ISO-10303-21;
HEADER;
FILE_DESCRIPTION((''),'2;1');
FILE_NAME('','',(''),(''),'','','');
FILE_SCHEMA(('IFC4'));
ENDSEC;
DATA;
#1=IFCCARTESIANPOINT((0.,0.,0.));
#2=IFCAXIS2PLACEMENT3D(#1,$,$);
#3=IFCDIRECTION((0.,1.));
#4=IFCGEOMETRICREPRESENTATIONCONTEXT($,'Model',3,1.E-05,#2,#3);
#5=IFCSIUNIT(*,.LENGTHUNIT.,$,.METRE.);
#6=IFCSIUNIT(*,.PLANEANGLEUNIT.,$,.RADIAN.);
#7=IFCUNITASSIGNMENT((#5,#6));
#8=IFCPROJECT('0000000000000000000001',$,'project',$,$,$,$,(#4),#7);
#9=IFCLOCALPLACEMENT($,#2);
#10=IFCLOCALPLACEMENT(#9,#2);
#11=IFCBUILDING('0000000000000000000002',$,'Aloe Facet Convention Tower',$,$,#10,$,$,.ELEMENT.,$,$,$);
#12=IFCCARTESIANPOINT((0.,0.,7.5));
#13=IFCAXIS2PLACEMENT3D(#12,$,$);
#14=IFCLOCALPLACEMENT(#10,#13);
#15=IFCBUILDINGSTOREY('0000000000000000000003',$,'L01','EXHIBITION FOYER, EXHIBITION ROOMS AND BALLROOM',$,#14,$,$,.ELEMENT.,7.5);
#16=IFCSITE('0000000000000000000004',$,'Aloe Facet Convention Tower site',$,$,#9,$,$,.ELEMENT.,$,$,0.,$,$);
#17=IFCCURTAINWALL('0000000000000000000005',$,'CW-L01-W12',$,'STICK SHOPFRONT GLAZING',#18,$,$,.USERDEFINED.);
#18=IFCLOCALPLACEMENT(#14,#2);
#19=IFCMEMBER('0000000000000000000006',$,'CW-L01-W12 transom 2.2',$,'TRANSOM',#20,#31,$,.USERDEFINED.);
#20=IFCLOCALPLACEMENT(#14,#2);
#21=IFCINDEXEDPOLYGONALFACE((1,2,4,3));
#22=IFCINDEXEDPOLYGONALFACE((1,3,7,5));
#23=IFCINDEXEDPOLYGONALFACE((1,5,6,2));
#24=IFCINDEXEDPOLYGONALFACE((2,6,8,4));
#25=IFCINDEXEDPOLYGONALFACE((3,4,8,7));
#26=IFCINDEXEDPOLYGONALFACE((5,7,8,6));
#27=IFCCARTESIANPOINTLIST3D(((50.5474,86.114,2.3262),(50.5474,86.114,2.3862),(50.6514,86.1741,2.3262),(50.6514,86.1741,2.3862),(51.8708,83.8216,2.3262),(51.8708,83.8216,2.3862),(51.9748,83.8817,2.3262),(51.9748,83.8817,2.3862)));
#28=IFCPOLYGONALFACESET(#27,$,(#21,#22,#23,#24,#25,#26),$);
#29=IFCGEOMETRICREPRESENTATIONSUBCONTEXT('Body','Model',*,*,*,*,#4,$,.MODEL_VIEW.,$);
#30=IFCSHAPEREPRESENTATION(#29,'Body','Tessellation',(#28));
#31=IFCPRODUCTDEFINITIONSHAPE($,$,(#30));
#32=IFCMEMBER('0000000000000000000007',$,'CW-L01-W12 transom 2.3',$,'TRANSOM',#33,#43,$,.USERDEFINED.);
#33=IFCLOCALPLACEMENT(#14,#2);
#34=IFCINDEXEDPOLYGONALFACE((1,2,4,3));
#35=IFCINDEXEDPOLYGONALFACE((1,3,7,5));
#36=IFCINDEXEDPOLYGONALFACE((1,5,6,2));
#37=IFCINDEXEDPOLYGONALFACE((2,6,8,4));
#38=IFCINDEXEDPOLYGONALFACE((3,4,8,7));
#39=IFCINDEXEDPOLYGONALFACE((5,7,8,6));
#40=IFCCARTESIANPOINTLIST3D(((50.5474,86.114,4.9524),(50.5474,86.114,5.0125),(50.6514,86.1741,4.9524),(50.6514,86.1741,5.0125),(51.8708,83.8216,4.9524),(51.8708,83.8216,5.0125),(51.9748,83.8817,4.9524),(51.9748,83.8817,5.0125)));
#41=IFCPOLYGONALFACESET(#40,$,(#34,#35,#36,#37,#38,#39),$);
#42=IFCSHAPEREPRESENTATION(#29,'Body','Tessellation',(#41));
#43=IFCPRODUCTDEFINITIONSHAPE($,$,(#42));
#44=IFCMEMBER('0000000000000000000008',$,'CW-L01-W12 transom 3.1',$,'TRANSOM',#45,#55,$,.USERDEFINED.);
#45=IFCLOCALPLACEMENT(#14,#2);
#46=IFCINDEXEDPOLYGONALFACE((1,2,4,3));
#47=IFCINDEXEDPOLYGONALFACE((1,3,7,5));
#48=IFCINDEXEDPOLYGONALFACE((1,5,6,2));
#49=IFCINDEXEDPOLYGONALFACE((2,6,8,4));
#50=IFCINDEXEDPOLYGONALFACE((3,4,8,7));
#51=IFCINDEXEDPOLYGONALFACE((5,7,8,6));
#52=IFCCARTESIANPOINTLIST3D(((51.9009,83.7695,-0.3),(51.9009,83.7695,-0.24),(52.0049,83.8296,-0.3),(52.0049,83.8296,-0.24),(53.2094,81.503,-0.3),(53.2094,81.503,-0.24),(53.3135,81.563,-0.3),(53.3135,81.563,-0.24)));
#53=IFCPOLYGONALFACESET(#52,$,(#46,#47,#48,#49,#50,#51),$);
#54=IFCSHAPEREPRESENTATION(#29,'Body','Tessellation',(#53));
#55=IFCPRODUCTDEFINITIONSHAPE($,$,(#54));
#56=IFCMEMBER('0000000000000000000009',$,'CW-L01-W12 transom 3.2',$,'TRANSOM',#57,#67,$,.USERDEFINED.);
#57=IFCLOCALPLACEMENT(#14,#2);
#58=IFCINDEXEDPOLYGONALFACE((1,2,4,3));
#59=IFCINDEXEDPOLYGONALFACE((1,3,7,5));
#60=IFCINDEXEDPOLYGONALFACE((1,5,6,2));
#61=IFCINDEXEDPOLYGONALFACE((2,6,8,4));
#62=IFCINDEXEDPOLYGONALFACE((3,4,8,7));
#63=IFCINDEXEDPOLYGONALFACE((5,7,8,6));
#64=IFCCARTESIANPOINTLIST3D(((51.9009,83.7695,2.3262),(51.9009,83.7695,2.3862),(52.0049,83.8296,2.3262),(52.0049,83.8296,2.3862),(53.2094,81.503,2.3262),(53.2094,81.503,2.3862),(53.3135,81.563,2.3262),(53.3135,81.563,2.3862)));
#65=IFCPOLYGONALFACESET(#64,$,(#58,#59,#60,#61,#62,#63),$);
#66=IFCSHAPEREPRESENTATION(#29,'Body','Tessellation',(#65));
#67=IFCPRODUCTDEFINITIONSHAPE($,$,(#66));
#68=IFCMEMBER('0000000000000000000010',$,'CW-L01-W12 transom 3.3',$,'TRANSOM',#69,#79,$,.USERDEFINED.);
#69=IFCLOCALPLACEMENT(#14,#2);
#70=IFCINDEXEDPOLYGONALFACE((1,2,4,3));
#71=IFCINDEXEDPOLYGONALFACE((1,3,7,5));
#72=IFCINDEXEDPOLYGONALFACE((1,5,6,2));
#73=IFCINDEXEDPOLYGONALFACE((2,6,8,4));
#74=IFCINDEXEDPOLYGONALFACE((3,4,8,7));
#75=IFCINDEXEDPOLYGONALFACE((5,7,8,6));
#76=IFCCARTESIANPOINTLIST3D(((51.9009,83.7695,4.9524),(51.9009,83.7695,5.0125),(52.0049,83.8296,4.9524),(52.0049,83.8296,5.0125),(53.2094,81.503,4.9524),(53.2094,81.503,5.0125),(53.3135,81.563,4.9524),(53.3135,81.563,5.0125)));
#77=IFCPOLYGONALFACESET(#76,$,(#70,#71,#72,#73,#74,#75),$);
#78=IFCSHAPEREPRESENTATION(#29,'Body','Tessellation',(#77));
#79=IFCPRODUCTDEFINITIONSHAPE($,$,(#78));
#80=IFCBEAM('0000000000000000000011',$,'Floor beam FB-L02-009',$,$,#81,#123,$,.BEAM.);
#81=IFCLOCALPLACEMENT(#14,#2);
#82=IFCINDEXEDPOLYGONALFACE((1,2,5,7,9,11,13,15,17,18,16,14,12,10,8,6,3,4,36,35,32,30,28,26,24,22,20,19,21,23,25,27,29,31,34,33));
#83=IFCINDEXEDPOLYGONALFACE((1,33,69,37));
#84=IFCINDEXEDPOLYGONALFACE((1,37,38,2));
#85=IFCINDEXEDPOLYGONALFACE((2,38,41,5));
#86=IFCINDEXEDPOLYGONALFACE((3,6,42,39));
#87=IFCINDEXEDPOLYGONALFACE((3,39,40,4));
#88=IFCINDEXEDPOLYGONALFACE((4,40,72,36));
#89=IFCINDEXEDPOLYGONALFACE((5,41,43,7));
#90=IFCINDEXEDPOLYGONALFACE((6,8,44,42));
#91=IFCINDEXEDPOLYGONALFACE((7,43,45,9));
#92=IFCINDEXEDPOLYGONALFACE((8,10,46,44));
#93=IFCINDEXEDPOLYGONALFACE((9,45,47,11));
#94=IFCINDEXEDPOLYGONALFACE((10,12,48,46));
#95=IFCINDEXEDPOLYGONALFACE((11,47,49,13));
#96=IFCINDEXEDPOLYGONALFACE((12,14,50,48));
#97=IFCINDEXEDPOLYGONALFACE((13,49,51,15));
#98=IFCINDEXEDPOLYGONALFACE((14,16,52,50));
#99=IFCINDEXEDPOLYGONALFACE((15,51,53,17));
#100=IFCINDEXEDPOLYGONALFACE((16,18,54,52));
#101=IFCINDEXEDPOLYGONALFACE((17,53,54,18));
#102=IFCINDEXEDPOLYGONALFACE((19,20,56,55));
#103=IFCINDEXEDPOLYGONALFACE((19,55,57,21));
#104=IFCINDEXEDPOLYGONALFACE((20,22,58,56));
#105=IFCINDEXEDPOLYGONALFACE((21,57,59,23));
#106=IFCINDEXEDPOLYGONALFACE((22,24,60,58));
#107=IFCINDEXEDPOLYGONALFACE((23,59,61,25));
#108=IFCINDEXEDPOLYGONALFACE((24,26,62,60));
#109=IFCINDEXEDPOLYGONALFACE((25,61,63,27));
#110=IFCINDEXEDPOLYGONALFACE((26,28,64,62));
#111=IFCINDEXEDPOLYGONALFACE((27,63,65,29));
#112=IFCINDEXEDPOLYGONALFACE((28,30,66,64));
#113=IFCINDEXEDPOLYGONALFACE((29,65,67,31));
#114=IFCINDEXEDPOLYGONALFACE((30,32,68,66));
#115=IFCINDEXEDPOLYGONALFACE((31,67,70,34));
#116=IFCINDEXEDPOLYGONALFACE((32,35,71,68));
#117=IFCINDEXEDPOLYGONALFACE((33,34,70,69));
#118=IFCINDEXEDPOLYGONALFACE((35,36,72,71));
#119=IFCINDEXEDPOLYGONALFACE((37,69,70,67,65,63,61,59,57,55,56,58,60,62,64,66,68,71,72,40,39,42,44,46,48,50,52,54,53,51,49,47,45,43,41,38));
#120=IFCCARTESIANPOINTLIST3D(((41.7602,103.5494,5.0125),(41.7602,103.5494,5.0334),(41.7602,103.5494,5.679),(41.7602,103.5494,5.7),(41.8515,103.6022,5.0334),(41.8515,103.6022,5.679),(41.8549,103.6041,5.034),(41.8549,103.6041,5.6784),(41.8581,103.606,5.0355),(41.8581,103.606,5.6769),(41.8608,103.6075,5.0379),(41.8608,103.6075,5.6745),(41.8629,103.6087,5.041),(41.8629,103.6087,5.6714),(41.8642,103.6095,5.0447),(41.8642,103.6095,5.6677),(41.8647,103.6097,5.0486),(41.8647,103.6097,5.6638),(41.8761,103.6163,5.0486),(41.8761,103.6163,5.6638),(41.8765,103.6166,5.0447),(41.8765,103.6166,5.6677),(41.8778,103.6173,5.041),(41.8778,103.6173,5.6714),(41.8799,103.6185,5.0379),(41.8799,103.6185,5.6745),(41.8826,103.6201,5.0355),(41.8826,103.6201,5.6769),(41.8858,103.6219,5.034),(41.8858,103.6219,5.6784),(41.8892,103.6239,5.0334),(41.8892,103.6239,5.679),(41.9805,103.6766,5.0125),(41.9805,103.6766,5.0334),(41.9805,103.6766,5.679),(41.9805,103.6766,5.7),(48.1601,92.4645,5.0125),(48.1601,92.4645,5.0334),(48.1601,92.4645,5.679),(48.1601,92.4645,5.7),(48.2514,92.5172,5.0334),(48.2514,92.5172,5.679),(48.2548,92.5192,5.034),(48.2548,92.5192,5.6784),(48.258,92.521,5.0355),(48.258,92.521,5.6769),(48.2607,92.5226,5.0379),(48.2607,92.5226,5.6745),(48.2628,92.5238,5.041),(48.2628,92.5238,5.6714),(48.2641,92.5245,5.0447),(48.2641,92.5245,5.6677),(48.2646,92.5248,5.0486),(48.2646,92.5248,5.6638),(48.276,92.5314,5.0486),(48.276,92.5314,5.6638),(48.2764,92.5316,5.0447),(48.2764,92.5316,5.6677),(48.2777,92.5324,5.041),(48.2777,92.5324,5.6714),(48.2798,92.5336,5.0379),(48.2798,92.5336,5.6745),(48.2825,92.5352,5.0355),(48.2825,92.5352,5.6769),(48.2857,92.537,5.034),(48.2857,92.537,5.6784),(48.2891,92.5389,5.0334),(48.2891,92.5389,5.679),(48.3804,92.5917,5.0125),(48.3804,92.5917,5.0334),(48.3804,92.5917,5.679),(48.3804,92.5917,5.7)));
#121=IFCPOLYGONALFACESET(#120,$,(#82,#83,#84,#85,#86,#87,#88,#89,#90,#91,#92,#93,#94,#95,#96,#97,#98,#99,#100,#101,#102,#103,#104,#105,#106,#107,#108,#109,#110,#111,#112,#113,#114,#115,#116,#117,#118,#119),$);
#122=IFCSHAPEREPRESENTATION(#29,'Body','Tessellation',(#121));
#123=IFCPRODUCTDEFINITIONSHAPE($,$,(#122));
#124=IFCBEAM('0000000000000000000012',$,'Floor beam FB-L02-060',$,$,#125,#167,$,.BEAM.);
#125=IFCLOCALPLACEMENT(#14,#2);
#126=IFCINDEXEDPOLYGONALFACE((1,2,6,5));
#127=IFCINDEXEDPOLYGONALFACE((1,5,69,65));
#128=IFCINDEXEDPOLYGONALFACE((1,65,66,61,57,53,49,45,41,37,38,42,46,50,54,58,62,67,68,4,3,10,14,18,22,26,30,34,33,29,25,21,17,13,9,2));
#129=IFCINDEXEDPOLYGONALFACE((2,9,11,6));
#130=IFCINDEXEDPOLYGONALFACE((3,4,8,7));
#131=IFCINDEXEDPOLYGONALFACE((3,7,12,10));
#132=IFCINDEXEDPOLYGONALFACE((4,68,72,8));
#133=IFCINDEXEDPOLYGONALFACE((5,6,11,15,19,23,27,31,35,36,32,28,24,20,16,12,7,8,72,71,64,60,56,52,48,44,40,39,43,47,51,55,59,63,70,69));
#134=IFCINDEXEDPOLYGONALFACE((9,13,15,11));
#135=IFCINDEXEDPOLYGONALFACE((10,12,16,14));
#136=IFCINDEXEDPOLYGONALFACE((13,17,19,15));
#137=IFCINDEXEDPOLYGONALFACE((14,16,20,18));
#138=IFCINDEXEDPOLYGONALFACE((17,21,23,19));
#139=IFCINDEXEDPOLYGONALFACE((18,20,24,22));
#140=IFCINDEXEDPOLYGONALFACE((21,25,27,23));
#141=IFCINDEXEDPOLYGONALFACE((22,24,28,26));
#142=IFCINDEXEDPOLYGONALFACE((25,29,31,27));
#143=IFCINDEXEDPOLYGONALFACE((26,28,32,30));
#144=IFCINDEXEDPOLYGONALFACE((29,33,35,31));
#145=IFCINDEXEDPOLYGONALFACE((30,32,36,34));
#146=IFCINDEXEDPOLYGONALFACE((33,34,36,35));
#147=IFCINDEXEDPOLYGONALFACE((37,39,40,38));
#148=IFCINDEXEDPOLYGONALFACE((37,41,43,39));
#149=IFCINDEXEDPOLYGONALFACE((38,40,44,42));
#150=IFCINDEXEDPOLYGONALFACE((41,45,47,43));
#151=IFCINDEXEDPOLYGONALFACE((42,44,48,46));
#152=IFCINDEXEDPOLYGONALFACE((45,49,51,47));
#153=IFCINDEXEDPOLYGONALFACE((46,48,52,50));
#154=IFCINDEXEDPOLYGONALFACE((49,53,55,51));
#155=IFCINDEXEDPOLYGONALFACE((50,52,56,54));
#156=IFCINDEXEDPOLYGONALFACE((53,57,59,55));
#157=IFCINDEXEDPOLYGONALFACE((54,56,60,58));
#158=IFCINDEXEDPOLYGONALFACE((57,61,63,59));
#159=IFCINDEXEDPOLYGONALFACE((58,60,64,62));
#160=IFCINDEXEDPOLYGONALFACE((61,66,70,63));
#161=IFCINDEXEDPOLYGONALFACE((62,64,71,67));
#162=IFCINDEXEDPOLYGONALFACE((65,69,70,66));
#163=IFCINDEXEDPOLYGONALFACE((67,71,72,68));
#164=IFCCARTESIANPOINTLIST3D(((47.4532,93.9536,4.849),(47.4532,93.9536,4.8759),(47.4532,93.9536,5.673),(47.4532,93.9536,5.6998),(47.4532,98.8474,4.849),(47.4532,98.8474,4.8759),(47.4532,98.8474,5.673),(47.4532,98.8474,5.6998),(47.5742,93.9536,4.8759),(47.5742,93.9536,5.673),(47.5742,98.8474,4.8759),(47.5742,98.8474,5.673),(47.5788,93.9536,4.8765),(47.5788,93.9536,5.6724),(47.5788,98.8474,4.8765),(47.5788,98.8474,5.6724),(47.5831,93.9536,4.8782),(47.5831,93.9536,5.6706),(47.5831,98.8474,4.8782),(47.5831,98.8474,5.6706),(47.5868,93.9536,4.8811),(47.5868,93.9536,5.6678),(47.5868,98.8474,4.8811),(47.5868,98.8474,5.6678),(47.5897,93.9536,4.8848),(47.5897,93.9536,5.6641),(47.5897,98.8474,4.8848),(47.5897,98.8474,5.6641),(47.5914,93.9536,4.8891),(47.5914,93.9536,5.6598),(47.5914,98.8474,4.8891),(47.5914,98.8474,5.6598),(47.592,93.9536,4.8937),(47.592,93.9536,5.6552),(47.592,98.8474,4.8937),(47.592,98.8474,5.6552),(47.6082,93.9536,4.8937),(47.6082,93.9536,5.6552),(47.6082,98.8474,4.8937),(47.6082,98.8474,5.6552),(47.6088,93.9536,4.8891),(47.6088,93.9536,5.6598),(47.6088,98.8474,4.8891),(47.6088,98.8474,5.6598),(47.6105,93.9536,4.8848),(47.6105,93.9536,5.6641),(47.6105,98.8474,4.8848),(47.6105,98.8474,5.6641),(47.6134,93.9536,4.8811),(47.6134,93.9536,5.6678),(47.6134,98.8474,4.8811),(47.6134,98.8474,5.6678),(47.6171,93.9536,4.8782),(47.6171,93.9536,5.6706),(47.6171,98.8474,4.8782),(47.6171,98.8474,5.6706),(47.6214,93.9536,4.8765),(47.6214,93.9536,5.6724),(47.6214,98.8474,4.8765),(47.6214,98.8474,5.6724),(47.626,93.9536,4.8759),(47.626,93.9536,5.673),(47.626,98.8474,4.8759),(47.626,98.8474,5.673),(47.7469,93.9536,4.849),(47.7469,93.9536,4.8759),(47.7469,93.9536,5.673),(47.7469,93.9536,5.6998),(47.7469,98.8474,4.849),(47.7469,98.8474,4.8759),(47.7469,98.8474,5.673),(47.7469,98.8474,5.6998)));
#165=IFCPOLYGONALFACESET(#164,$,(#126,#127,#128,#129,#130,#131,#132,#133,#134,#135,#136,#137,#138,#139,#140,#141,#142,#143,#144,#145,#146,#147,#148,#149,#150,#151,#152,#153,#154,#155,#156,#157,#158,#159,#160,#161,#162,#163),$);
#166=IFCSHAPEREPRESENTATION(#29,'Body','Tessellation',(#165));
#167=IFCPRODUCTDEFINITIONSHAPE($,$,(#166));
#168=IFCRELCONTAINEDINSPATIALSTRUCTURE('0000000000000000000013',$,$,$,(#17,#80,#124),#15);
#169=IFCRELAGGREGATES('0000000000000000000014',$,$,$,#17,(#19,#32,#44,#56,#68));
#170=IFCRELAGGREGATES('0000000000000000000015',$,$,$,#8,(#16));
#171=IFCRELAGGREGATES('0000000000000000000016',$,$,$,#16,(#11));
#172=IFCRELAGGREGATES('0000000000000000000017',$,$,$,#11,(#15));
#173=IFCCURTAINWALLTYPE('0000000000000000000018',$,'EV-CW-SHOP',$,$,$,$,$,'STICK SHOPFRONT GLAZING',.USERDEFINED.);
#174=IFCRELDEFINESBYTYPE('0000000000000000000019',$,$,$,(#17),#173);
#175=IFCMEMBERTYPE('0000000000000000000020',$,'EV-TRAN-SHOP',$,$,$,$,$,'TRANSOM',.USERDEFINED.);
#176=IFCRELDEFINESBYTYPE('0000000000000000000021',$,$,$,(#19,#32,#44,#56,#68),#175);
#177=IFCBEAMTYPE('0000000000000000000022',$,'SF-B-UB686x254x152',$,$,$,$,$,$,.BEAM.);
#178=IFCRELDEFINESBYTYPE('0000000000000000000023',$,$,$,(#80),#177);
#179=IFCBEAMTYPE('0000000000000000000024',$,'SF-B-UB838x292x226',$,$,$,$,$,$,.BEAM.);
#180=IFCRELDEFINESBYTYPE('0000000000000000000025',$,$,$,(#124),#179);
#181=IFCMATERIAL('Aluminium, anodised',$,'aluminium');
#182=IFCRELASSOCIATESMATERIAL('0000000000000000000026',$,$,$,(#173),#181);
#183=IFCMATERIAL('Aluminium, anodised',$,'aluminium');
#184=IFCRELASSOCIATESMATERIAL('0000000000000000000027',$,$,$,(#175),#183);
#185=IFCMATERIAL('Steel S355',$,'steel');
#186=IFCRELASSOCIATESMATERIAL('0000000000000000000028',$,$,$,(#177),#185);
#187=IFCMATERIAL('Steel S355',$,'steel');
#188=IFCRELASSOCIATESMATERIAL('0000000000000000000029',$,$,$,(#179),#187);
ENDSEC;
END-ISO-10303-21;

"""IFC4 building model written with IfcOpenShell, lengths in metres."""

from ifc_helpers import new_model, si_unit, direction, frame, origin, origin_2d, place, context, subcontext, project, spatial, rectangle, i_section, extrude, material, material_profile, profile_set, type_object, element, aggregate, save


model = new_model("IFC4")

# Units and contexts
model_context = context("Model", 3, precision=1e-05, world=origin(), true_north=direction((0.0, 1.0)))
body_context = subcontext(model_context, "Body", "Model", "MODEL_VIEW")
ifc_project = project(units=[si_unit("LENGTHUNIT", "METRE"), si_unit("PLANEANGLEUNIT", "RADIAN")], contexts=[model_context])

# Site, building, storey
site_placement = place(None, origin())
site = spatial("IfcSite", under=ifc_project, at=site_placement, Name="Aloe Facet Convention Tower site", CompositionType="ELEMENT", RefElevation=0.0)
building_placement = place(site_placement, origin())
building = spatial("IfcBuilding", under=site, at=building_placement, Name="Aloe Facet Convention Tower", CompositionType="ELEMENT")
storey_placement = place(building_placement, frame((0.0, 0.0, 7.5)))
storey = spatial("IfcBuildingStorey", under=building, at=storey_placement, Name="L01", Description="EXHIBITION FOYER, EXHIBITION ROOMS AND BALLROOM", CompositionType="ELEMENT", Elevation=7.5)

# Shared definitions
ifc_material_1 = material(Name="Aluminium, anodised", Category="aluminium")
curtain_wall_type = type_object("IfcCurtainWallType", Name="EV-CW-SHOP", ElementType="STICK SHOPFRONT GLAZING", PredefinedType="USERDEFINED", material=ifc_material_1)

# Curtain wall
curtain_wall_1_placement = place(storey_placement, origin())
curtain_wall_1 = element("IfcCurtainWall", 1, at=curtain_wall_1_placement, inside=storey, type_object=curtain_wall_type, Name="CW-L01-W12", ObjectType="STICK SHOPFRONT GLAZING", PredefinedType="USERDEFINED")

# Members
ifc_material_2 = material(Name="Aluminium, anodised", Category="aluminium")
ifc_material_profile_1 = material_profile(ifc_material_2, rectangle(XDim=0.1201, YDim=0.0601, at=origin_2d()), Name="AL 120x60")
ifc_profile_set_1 = profile_set([ifc_material_profile_1], Name="Aluminium, anodised")
member_type_1 = type_object("IfcMemberType", Name="EV-TRAN-SHOP", ElementType="TRANSOM", PredefinedType="USERDEFINED", material=ifc_profile_set_1)
member_1_placement = place(storey_placement, frame((50.5994, 86.144, 2.3562), z_axis=(0.499978, -0.866038, 0.0), x_axis=(0.866038, 0.499978, 0.0)))
member_1 = element("IfcMember", 2, at=member_1_placement, type_object=member_type_1, Name="CW-L01-W12 transom 2.2", ObjectType="TRANSOM", PredefinedType="USERDEFINED", context=body_context, shape_type="SweptSolid", body=[
    extrude(rectangle(XDim=0.1201, YDim=0.0601, at=origin_2d()), origin(), (0.0, 0.0, 1.0), 2.647),
])
member_2_placement = place(storey_placement, frame((50.5994, 86.144, 4.9824), z_axis=(0.499978, -0.866038, 0.0), x_axis=(0.866038, 0.499978, 0.0)))
member_2 = element("IfcMember", 3, at=member_2_placement, type_object=member_type_1, Name="CW-L01-W12 transom 2.3", ObjectType="TRANSOM", PredefinedType="USERDEFINED", context=body_context, shape_type="SweptSolid", body=[
    extrude(rectangle(XDim=0.1201, YDim=0.0601, at=origin_2d()), origin(), (0.0, 0.0, 1.0), 2.647),
])
member_3_placement = place(storey_placement, frame((51.9529, 83.7996, -0.27), z_axis=(0.499992, -0.86603, 0.0), x_axis=(0.86603, 0.499992, 0.0)))
member_3 = element("IfcMember", 4, at=member_3_placement, type_object=member_type_1, Name="CW-L01-W12 transom 3.1", ObjectType="TRANSOM", PredefinedType="USERDEFINED", context=body_context, shape_type="SweptSolid", body=[
    extrude(rectangle(XDim=0.1201, YDim=0.0601, at=origin_2d()), origin(), (0.0, 0.0, 1.0), 2.6172),
])
member_4_placement = place(storey_placement, frame((51.9529, 83.7996, 2.3562), z_axis=(0.499992, -0.86603, 0.0), x_axis=(0.86603, 0.499992, 0.0)))
member_4 = element("IfcMember", 5, at=member_4_placement, type_object=member_type_1, Name="CW-L01-W12 transom 3.2", ObjectType="TRANSOM", PredefinedType="USERDEFINED", context=body_context, shape_type="SweptSolid", body=[
    extrude(rectangle(XDim=0.1201, YDim=0.0601, at=origin_2d()), origin(), (0.0, 0.0, 1.0), 2.6172),
])
member_5_placement = place(storey_placement, frame((51.9529, 83.7996, 4.9824), z_axis=(0.499992, -0.86603, 0.0), x_axis=(0.86603, 0.499992, 0.0)))
member_5 = element("IfcMember", 6, at=member_5_placement, type_object=member_type_1, Name="CW-L01-W12 transom 3.3", ObjectType="TRANSOM", PredefinedType="USERDEFINED", context=body_context, shape_type="SweptSolid", body=[
    extrude(rectangle(XDim=0.1201, YDim=0.0601, at=origin_2d()), origin(), (0.0, 0.0, 1.0), 2.6172),
])

# Beams
ifc_material_3 = material(Name="Steel S355", Category="steel")
ifc_material_profile_2 = material_profile(ifc_material_3, i_section(OverallWidth=0.2544, OverallDepth=0.6875, WebThickness=0.0132, FlangeThickness=0.021, FilletRadius=0.0151, at=origin_2d()), Name="UB 686x254x152")
ifc_profile_set_2 = profile_set([ifc_material_profile_2], Name="Steel S355")
beam_type_1 = type_object("IfcBeamType", Name="SF-B-UB686x254x152", PredefinedType="BEAM", material=ifc_profile_set_2)
beam_1_placement = place(storey_placement, frame((48.2703, 92.5281, 5.3562), z_axis=(-0.5, 0.866025, 0.0), x_axis=(-0.866025, -0.5, 0.0)))
element("IfcBeam", 7, at=beam_1_placement, inside=storey, type_object=beam_type_1, Name="Floor beam FB-L02-009", PredefinedType="BEAM", context=body_context, shape_type="SweptSolid", body=[
    extrude(i_section(OverallWidth=0.2544, OverallDepth=0.6875, WebThickness=0.0132, FlangeThickness=0.021, FilletRadius=0.0151, at=origin_2d()), origin(), (0.0, 0.0, 1.0), 12.7998),
])
ifc_material_4 = material(Name="Steel S355", Category="steel")
ifc_material_profile_3 = material_profile(ifc_material_4, i_section(OverallWidth=0.2937, OverallDepth=0.8508, WebThickness=0.0161, FlangeThickness=0.0269, FilletRadius=0.0178, at=origin_2d()), Name="UB 838x292x226")
ifc_profile_set_3 = profile_set([ifc_material_profile_3], Name="Steel S355")
beam_type_2 = type_object("IfcBeamType", Name="SF-B-UB838x292x226", PredefinedType="BEAM", material=ifc_profile_set_3)
beam_2_placement = place(storey_placement, frame((47.6001, 93.9536, 5.2744), z_axis=(0.0, 1.0, 0.0), x_axis=(-1.0, 0.0, 0.0)))
element("IfcBeam", 8, at=beam_2_placement, inside=storey, type_object=beam_type_2, Name="Floor beam FB-L02-060", PredefinedType="BEAM", context=body_context, shape_type="SweptSolid", body=[
    extrude(i_section(OverallWidth=0.2937, OverallDepth=0.8508, WebThickness=0.0161, FlangeThickness=0.0269, FilletRadius=0.0178, at=origin_2d()), origin(), (0.0, 0.0, 1.0), 4.8938),
])

aggregate(curtain_wall_1, [member_1, member_2, member_3, member_4, member_5])

save(model, "model.ifc")
